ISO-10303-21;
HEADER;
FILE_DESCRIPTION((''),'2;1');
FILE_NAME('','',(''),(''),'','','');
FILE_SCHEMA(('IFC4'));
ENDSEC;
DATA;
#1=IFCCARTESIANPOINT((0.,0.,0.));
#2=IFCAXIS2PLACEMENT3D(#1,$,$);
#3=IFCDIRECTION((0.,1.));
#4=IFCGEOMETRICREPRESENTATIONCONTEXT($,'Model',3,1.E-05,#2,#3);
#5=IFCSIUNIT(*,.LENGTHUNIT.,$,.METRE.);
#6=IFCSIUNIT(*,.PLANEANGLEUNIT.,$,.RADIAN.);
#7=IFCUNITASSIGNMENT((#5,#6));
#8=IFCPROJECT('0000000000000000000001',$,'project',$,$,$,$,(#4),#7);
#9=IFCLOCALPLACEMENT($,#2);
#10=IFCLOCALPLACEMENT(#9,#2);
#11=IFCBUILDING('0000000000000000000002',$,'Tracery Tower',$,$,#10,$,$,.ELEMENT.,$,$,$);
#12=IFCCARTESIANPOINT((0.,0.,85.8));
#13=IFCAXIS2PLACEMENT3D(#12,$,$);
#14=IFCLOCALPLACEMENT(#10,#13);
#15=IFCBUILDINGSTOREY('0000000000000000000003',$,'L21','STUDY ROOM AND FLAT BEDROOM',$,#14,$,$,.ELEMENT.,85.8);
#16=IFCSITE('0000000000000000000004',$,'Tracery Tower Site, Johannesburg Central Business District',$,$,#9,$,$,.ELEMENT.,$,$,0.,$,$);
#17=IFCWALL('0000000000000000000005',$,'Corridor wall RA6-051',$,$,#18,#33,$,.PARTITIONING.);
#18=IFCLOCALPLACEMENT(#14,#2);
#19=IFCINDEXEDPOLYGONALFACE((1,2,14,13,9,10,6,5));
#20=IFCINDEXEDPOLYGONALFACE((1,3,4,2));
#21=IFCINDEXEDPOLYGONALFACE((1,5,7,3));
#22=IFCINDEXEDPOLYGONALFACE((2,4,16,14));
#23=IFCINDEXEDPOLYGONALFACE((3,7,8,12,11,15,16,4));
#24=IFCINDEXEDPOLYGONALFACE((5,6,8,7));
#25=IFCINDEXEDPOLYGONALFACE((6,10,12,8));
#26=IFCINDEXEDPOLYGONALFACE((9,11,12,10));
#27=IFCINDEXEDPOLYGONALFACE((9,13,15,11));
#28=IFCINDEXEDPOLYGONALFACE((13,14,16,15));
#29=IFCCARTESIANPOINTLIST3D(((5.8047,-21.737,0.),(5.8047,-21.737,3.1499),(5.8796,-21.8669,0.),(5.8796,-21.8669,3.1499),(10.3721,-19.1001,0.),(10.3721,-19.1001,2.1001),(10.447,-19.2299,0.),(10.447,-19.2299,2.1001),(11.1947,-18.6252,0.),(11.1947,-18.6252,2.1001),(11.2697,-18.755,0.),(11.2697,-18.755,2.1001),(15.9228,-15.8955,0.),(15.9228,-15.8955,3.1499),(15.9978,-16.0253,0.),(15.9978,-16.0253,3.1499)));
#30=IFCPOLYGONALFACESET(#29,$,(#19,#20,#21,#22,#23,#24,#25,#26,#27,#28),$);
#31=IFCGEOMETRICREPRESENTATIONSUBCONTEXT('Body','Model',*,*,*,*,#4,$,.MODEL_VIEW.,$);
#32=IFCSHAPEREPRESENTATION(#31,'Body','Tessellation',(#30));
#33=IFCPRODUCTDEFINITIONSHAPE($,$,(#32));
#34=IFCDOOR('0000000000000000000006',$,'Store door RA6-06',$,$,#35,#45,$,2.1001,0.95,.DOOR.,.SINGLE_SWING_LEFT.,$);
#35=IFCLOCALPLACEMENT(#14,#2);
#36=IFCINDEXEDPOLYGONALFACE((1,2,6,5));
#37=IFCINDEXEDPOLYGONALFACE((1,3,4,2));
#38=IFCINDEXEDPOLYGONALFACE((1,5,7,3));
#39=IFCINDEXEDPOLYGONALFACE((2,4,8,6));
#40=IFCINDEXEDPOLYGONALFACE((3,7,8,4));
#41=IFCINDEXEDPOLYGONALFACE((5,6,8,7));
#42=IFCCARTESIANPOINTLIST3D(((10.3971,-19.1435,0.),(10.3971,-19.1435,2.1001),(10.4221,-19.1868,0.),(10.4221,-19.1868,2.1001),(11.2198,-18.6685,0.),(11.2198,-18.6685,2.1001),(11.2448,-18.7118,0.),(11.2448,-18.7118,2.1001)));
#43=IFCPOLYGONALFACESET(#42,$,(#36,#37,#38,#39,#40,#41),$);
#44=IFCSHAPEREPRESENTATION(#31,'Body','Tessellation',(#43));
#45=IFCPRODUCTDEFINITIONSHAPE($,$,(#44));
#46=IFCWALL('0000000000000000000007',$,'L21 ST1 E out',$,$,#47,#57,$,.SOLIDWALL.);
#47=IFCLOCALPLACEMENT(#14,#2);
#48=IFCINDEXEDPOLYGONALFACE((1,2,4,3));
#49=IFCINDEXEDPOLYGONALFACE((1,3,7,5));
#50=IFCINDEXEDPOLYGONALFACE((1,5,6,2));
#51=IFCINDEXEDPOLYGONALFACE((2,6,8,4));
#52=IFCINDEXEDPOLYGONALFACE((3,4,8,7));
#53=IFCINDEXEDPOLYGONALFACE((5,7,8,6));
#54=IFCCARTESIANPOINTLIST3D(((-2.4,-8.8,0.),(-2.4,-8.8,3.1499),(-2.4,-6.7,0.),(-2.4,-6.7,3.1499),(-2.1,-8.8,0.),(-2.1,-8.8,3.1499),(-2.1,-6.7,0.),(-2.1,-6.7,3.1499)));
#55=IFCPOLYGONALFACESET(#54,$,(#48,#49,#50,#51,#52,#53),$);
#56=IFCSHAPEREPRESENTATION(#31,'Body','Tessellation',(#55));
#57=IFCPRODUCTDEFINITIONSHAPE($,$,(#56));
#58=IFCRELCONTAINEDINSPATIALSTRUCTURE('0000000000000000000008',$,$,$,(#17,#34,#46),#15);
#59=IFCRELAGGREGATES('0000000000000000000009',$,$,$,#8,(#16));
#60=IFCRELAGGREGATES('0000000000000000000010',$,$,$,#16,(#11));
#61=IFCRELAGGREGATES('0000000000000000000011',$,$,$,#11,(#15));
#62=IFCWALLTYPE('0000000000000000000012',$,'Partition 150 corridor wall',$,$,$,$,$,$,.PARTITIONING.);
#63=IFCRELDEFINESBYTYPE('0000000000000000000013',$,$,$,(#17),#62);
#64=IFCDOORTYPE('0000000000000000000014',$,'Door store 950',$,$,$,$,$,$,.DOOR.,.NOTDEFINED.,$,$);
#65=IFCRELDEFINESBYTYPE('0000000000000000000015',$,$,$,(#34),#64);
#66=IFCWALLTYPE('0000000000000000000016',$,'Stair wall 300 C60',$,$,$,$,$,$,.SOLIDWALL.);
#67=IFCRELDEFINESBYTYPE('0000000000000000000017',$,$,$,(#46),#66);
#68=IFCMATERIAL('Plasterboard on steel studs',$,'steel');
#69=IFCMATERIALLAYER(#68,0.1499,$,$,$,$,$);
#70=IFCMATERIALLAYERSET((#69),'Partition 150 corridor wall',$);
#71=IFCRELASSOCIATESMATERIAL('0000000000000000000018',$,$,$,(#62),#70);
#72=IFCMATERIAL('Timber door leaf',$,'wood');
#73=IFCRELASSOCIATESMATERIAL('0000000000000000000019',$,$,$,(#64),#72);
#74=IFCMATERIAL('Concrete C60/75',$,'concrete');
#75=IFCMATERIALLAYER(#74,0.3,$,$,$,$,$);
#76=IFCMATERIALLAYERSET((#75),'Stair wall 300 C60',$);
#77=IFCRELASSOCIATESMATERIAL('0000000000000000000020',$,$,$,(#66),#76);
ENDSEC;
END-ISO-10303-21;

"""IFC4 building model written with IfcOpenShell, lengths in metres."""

from ifc_helpers import new_model, si_unit, direction, frame, frame_2d, origin, place, context, subcontext, project, spatial, rectangle, extrude, material, layer, layer_set, type_object, element, fill, save


model = new_model("IFC4")

# Units and contexts
model_context = context("Model", 3, precision=1e-05, world=origin(), true_north=direction((0.0, 1.0)))
body_context = subcontext(model_context, "Body", "Model", "MODEL_VIEW")
ifc_project = project(units=[si_unit("LENGTHUNIT", "METRE"), si_unit("PLANEANGLEUNIT", "RADIAN")], contexts=[model_context])

# Site, building, storey
site_placement = place(None, origin())
site = spatial("IfcSite", under=ifc_project, at=site_placement, Name="Tracery Tower Site, Johannesburg Central Business District", CompositionType="ELEMENT", RefElevation=0.0)
building_placement = place(site_placement, origin())
building = spatial("IfcBuilding", under=site, at=building_placement, Name="Tracery Tower", CompositionType="ELEMENT")
storey_placement = place(building_placement, frame((0.0, 0.0, 85.8)))
storey = spatial("IfcBuildingStorey", under=building, at=storey_placement, Name="L21", Description="STUDY ROOM AND FLAT BEDROOM", CompositionType="ELEMENT", Elevation=85.8)

# Shared definitions
ifc_material_1 = material(Name="Plasterboard on steel studs", Category="steel")
ifc_layer_1 = layer(ifc_material_1, 0.1499)
ifc_layer_set_1 = layer_set([ifc_layer_1], Name="Partition 150 corridor wall")
wall_type_1 = type_object("IfcWallType", Name="Partition 150 corridor wall", PredefinedType="PARTITIONING", material=ifc_layer_set_1)

# Wall, opening, door
wall_1_placement = place(storey_placement, frame((5.842, -21.802, 0.0), z_axis=(0.0, 0.0, 1.0), x_axis=(0.866032, 0.499989, 0.0)))
wall_1 = element("IfcWall", 1, at=wall_1_placement, inside=storey, type_object=wall_type_1, Name="Corridor wall RA6-051", PredefinedType="PARTITIONING", context=body_context, shape_type="SweptSolid", body=[
    extrude(rectangle(XDim=11.6833, YDim=0.1499, at=frame_2d((5.8418, 0.0))), origin(), (0.0, 0.0, 1.0), 3.1499),
])
opening_1_placement = place(wall_1_placement, frame((5.2739, 0.0, 0.0)))
opening_1 = element("IfcOpeningElement", 2, at=opening_1_placement, cuts=wall_1, PredefinedType="OPENING", context=body_context, shape_type="SweptSolid", body=[
    extrude(rectangle(XDim=0.95, YDim=2.1001, at=frame_2d((0.4751, 1.05))), frame((0.0, 0.075, 0.0), z_axis=(0.0, -1.0, 0.0), x_axis=(1.0, 0.0, 0.0)), (0.0, 0.0, 1.0), 0.1499),
])
ifc_material_2 = material(Name="Timber door leaf", Category="wood")
door_type = type_object("IfcDoorType", Name="Door store 950", OperationType="NOTDEFINED", PredefinedType="DOOR", material=ifc_material_2)
door_placement = place(opening_1_placement, origin())
door = element("IfcDoor", 3, at=door_placement, inside=storey, type_object=door_type, Name="Store door RA6-06", OperationType="SINGLE_SWING_LEFT", OverallHeight=2.1001, OverallWidth=0.95, PredefinedType="DOOR", context=body_context, shape_type="SweptSolid", body=[
    extrude(rectangle(XDim=0.95, YDim=2.1001, at=frame_2d((0.4751, 1.05))), frame((0.0, 0.0249, 0.0), z_axis=(0.0, -1.0, 0.0), x_axis=(1.0, 0.0, 0.0)), (0.0, 0.0, 1.0), 0.05),
])
fill(opening_1, door)

# Wall
ifc_material_3 = material(Name="Concrete C60/75", Category="concrete")
ifc_layer_2 = layer(ifc_material_3, 0.3)
ifc_layer_set_2 = layer_set([ifc_layer_2], Name="Stair wall 300 C60")
wall_type_2 = type_object("IfcWallType", Name="Stair wall 300 C60", PredefinedType="SOLIDWALL", material=ifc_layer_set_2)
wall_2_placement = place(storey_placement, frame((-2.25, -8.8, 0.0), z_axis=(0.0, 0.0, 1.0), x_axis=(0.0, 1.0, 0.0)))
element("IfcWall", 4, at=wall_2_placement, inside=storey, type_object=wall_type_2, Name="L21 ST1 E out", PredefinedType="SOLIDWALL", context=body_context, shape_type="SweptSolid", body=[
    extrude(rectangle(XDim=2.1001, YDim=0.3, at=frame_2d((1.05, 0.0))), origin(), (0.0, 0.0, 1.0), 3.1499),
])

save(model, "model.ifc")
